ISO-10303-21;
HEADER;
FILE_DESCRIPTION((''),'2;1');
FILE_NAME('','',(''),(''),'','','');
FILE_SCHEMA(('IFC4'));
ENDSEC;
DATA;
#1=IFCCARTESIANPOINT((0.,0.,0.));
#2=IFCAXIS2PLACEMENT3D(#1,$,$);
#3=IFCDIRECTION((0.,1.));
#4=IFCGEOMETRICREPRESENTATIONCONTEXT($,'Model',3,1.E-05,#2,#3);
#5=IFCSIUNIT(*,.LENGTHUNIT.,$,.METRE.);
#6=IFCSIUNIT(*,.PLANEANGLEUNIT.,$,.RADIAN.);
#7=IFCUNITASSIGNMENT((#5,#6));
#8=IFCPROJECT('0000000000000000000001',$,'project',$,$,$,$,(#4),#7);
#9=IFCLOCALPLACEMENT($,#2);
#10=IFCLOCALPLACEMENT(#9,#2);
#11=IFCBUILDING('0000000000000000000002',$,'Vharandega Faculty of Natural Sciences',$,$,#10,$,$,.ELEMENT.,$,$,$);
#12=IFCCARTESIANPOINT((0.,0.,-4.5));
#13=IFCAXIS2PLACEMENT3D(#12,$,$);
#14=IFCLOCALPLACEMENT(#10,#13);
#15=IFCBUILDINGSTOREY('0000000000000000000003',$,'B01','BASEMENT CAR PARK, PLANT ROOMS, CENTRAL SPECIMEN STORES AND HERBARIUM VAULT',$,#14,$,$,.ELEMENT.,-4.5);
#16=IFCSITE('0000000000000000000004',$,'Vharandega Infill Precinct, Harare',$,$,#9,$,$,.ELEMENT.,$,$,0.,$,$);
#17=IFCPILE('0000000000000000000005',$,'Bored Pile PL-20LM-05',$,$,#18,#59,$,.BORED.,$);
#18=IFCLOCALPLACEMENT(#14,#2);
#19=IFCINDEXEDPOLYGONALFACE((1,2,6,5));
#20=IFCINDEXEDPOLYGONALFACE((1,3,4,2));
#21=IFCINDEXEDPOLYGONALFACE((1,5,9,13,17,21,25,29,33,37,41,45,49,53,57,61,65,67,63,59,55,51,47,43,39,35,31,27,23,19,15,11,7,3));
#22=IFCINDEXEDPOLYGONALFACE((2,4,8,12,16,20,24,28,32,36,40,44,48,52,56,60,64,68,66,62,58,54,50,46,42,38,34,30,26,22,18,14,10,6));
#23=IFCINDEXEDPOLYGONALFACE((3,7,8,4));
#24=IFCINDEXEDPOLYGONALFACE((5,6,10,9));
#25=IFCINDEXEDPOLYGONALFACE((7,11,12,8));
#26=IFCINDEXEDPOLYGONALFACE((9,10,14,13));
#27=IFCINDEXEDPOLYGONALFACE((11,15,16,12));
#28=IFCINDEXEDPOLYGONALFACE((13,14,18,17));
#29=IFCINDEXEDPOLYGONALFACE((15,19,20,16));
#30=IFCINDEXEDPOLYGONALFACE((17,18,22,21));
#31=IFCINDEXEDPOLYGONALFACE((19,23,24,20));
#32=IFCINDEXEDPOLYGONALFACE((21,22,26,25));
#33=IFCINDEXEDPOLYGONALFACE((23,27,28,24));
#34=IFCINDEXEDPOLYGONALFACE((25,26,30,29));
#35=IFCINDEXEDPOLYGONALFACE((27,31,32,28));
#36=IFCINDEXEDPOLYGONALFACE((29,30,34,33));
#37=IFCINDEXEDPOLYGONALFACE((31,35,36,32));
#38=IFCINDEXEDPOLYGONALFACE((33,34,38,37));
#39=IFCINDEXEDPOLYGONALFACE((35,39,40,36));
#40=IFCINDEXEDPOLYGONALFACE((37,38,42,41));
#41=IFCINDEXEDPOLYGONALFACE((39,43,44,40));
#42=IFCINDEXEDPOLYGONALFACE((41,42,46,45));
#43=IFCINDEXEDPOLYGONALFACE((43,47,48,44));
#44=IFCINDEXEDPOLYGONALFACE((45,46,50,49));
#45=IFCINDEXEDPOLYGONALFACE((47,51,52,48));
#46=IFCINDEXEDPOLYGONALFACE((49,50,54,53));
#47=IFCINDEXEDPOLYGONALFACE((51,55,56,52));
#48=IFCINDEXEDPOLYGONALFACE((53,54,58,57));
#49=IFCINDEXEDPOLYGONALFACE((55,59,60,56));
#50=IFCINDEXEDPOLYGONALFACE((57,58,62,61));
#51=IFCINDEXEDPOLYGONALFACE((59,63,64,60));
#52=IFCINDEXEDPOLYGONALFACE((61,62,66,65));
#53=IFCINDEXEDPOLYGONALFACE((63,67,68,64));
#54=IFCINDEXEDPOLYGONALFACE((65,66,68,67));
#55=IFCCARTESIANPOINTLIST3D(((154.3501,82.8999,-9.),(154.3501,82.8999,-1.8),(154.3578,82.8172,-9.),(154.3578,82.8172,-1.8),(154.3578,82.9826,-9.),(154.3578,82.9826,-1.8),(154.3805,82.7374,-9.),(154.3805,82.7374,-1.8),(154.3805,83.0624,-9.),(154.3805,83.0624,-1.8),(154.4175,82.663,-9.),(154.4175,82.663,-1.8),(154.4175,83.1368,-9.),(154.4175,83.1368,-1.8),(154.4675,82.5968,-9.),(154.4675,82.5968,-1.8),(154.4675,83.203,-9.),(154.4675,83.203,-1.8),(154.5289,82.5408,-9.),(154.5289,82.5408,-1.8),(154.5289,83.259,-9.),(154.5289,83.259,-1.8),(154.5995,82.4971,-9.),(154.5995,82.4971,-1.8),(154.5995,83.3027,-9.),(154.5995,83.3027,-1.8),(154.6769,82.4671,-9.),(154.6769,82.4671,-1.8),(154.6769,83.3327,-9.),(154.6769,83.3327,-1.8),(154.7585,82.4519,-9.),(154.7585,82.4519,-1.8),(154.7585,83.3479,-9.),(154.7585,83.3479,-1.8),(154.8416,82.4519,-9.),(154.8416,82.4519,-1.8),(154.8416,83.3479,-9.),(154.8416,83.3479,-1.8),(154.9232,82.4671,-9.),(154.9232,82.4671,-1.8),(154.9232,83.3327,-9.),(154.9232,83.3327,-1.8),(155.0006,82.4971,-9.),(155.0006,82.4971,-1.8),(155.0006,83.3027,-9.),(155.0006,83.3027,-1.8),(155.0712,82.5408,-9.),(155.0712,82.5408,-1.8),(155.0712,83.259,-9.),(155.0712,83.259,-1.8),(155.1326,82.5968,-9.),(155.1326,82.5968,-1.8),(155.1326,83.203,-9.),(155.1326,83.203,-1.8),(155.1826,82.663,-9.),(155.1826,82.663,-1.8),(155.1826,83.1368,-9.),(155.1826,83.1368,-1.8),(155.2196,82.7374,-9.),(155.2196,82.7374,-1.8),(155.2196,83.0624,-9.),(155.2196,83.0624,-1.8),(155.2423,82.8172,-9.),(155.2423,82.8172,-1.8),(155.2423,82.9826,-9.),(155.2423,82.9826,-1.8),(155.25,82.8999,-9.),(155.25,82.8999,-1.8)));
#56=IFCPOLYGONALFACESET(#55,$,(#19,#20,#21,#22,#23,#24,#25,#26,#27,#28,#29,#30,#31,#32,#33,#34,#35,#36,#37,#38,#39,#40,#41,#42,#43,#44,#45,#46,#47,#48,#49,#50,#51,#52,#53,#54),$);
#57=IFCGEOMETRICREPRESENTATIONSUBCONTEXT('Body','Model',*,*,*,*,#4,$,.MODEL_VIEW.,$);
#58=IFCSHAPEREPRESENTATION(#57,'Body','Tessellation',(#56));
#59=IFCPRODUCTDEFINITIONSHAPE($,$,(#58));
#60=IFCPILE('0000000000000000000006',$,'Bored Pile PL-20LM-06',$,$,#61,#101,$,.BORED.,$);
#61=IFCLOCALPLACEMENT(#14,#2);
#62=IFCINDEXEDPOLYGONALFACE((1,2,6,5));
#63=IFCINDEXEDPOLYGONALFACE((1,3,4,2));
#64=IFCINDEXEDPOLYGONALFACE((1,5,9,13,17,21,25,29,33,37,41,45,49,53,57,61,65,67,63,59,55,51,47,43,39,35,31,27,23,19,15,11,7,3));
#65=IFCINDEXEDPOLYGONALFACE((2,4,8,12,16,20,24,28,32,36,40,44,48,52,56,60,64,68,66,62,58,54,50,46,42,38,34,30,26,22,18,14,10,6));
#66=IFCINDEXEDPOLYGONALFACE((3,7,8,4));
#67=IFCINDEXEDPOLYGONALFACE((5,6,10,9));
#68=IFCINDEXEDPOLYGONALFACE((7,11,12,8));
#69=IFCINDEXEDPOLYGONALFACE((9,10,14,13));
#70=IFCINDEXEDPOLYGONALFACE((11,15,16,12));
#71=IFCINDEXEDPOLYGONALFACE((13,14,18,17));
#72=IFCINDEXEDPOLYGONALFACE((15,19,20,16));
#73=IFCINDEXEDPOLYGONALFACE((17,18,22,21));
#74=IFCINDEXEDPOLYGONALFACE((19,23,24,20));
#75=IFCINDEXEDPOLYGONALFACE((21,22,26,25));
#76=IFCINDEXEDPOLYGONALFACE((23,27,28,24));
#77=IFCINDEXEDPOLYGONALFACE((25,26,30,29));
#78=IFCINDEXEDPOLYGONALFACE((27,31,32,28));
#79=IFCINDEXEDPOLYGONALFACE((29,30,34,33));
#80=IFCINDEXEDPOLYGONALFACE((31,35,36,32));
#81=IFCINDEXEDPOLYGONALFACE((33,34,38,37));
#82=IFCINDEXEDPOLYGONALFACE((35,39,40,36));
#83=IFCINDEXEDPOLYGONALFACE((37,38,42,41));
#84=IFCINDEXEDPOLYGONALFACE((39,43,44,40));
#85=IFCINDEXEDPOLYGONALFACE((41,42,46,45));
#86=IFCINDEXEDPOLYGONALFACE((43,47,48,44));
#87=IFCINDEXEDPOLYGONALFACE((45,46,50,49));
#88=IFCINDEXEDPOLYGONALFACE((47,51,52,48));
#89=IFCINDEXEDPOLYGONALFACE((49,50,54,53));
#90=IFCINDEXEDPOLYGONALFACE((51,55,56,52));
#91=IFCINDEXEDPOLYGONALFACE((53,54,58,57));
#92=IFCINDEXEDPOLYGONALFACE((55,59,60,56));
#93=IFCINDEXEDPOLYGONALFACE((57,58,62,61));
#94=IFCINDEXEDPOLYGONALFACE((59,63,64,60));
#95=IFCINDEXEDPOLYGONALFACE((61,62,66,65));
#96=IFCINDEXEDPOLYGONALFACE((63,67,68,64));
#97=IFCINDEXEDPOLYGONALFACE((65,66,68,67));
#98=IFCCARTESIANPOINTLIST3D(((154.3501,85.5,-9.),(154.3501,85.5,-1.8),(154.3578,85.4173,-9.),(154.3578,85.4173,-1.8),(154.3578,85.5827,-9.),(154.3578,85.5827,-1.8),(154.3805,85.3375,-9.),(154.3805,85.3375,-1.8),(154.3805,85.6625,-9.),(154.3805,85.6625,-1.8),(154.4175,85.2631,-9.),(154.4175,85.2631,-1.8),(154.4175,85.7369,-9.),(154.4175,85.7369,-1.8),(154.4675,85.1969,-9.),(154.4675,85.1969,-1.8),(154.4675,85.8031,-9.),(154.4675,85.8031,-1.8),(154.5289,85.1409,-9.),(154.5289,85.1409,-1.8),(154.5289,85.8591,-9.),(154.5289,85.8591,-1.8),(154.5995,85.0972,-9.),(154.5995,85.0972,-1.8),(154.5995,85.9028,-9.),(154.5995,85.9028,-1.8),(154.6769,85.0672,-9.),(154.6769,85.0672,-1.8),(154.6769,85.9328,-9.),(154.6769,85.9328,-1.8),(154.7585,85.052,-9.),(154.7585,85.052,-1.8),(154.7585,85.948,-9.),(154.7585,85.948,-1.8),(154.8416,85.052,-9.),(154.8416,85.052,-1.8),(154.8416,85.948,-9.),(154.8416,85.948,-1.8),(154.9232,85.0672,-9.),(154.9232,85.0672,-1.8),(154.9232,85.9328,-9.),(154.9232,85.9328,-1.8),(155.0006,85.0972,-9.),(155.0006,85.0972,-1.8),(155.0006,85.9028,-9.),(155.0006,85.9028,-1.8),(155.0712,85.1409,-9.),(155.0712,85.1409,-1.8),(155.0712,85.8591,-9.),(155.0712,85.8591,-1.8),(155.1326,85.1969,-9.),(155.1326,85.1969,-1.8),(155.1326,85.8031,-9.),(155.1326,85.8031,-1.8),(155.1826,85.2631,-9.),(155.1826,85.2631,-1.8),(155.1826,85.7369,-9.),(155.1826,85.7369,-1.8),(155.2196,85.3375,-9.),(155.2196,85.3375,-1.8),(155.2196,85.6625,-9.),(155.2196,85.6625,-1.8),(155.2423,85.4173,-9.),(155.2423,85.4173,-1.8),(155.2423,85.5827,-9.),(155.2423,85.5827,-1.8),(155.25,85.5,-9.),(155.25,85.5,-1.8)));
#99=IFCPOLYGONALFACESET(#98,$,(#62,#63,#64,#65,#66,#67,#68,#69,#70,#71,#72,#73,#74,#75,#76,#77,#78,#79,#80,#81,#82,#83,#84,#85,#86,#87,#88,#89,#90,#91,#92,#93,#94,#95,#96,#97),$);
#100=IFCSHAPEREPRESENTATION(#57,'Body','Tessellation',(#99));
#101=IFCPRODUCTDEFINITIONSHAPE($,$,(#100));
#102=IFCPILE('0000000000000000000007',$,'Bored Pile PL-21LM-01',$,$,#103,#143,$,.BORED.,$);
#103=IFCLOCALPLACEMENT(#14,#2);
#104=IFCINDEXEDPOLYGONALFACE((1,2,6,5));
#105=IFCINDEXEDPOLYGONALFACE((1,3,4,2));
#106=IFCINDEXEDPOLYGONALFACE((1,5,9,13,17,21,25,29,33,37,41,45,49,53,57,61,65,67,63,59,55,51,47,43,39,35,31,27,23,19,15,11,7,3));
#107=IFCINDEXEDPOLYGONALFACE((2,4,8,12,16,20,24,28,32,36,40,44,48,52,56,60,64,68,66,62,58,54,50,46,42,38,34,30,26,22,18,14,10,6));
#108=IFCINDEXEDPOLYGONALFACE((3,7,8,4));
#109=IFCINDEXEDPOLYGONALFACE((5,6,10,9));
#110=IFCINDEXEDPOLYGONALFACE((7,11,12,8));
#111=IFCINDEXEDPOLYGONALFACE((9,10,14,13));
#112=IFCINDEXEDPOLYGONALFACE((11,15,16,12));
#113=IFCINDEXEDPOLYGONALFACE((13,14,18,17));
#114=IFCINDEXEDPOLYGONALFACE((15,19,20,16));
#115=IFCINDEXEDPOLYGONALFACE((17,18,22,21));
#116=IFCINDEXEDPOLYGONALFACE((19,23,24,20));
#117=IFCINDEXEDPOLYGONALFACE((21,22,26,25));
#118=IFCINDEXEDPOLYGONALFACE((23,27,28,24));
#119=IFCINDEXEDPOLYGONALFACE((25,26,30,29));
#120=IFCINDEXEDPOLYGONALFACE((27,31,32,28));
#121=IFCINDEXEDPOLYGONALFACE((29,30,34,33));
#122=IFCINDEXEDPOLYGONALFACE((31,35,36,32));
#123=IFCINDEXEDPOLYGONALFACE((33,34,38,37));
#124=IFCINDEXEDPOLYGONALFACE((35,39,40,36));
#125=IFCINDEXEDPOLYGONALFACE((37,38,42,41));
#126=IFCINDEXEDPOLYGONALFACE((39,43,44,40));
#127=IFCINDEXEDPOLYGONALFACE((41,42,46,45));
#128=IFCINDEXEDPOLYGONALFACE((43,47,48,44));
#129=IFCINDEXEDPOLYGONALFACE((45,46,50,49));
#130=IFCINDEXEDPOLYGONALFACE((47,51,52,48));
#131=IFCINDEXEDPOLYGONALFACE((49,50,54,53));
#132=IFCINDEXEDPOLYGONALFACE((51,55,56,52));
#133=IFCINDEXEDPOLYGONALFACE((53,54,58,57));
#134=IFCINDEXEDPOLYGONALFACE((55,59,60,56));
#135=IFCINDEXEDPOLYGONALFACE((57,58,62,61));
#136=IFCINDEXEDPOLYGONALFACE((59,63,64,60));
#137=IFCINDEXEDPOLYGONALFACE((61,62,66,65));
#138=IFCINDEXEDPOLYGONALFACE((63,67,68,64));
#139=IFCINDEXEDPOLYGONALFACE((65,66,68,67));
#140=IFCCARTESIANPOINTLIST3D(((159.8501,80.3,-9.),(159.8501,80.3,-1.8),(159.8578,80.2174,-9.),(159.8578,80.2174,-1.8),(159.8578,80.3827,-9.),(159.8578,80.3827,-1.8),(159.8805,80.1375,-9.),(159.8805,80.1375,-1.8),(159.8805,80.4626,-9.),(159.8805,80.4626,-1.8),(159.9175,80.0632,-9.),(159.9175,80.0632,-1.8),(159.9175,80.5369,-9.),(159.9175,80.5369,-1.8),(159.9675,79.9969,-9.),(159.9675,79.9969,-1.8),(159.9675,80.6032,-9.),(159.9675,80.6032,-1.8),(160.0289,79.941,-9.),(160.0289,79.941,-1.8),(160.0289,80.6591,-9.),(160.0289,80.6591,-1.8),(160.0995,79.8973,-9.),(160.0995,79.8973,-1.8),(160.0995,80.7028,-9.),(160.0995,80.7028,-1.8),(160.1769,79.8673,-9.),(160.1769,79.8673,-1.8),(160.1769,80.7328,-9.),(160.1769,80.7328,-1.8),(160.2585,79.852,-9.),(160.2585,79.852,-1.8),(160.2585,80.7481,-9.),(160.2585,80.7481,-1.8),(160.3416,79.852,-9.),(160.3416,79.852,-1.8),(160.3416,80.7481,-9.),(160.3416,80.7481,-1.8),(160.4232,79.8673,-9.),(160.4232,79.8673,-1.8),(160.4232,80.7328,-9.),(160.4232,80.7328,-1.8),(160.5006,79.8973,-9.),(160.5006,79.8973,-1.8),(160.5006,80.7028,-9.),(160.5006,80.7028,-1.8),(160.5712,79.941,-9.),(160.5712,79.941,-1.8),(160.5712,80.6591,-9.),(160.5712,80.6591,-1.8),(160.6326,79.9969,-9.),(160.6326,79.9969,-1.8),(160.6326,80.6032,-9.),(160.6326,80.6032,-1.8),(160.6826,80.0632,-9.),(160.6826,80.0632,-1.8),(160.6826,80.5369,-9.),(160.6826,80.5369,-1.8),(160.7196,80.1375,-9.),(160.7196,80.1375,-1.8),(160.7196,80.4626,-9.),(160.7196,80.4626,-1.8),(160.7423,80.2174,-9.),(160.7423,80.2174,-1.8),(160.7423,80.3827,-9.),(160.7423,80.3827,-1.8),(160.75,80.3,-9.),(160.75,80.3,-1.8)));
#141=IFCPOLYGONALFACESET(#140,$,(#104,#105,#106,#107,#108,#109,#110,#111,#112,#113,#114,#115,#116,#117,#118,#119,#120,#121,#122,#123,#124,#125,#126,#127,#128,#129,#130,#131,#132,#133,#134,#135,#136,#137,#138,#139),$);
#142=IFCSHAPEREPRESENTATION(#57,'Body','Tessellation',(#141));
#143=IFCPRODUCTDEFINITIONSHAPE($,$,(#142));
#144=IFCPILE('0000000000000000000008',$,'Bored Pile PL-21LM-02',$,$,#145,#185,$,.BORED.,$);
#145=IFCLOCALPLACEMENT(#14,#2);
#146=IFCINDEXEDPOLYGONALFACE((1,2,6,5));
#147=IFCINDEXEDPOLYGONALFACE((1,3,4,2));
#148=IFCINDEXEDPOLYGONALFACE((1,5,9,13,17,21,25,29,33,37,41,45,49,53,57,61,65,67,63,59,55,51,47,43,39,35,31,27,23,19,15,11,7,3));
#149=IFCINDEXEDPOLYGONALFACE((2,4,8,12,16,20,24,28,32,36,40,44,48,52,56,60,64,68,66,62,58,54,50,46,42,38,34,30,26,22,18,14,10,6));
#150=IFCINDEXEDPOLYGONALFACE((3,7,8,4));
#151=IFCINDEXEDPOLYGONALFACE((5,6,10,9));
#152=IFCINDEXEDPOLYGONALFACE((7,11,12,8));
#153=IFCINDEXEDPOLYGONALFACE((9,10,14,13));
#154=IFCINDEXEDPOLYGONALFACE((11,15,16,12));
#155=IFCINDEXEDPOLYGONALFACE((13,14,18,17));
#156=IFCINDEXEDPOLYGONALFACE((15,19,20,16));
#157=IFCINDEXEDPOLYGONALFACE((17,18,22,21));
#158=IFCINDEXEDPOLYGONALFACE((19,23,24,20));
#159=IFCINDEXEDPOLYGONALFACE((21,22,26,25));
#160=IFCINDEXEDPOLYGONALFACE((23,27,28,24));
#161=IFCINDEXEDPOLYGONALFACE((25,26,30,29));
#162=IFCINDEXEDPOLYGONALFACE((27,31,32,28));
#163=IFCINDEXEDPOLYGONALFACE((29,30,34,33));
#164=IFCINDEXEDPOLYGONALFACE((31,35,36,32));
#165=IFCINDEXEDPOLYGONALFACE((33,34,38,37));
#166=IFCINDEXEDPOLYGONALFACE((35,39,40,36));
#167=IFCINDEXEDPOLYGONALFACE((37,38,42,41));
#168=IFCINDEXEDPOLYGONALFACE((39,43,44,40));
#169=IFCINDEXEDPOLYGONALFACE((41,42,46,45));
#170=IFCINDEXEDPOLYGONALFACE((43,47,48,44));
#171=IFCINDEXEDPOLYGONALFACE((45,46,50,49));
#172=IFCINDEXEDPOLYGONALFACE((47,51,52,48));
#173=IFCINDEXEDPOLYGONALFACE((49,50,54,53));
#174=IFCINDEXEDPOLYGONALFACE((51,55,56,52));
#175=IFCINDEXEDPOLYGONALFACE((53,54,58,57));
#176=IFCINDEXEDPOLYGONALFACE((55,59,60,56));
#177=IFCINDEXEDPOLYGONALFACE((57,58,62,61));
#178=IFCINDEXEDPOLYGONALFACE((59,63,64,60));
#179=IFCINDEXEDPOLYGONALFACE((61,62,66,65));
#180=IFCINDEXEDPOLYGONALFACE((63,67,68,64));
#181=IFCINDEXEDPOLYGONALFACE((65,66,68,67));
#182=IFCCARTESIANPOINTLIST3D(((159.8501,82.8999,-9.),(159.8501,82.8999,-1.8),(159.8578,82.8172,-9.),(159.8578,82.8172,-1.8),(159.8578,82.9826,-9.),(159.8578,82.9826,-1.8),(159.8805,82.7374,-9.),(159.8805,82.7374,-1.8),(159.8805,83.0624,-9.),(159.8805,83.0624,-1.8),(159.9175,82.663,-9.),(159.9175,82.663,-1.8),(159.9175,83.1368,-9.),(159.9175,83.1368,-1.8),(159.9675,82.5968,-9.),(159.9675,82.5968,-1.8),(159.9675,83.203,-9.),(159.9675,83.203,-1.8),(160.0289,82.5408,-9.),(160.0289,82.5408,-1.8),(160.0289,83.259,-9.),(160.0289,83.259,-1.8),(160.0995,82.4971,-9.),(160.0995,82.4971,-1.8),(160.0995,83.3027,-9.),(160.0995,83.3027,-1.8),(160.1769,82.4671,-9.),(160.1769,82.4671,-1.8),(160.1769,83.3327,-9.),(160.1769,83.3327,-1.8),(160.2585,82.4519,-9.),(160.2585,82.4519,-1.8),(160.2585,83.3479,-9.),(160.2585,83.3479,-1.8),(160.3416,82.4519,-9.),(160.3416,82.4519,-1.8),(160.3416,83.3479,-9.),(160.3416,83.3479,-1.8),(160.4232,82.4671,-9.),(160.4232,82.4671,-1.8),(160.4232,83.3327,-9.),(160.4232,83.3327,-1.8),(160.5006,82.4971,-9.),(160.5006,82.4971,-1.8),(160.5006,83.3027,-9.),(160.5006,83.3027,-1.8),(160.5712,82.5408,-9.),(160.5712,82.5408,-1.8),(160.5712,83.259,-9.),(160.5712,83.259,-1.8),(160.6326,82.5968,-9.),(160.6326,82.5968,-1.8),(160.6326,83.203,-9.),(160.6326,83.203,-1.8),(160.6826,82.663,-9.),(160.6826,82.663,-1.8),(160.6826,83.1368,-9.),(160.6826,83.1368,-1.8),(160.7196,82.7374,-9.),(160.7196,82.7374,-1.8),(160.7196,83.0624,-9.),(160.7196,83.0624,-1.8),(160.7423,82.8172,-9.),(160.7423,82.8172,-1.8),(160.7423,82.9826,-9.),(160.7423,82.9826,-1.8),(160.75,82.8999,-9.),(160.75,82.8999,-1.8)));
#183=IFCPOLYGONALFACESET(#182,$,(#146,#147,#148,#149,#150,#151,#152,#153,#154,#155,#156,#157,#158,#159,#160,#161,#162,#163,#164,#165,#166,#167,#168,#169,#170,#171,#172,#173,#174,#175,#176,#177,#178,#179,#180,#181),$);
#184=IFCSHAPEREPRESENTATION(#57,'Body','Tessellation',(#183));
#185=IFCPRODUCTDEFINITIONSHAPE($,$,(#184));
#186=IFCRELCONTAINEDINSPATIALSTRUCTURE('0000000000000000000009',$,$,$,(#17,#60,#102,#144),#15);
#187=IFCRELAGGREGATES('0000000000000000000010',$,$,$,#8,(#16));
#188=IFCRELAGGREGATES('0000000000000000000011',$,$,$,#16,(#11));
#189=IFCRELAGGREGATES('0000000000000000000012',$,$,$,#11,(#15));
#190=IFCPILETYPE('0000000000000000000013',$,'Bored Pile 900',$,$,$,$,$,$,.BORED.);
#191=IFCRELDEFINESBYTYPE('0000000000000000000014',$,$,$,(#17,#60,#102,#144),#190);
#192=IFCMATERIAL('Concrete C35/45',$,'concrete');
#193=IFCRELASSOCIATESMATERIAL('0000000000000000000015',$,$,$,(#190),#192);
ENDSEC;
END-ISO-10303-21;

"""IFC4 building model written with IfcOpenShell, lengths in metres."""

from ifc_helpers import new_model, si_unit, direction, frame, origin, origin_2d, place, context, subcontext, project, spatial, circle, extrude, material, material_profile, profile_set, type_object, element, save


model = new_model("IFC4")

# Units and contexts
model_context = context("Model", 3, precision=1e-05, world=origin(), true_north=direction((0.0, 1.0)))
body_context = subcontext(model_context, "Body", "Model", "MODEL_VIEW")
ifc_project = project(units=[si_unit("LENGTHUNIT", "METRE"), si_unit("PLANEANGLEUNIT", "RADIAN")], contexts=[model_context])

# Site, building, storey
site_placement = place(None, origin())
site = spatial("IfcSite", under=ifc_project, at=site_placement, Name="Vharandega Infill Precinct, Harare", CompositionType="ELEMENT", RefElevation=0.0)
building_placement = place(site_placement, origin())
building = spatial("IfcBuilding", under=site, at=building_placement, Name="Vharandega Faculty of Natural Sciences", CompositionType="ELEMENT")
storey_placement = place(building_placement, frame((0.0, 0.0, -4.5)))
storey = spatial("IfcBuildingStorey", under=building, at=storey_placement, Name="B01", Description="BASEMENT CAR PARK, PLANT ROOMS, CENTRAL SPECIMEN STORES AND HERBARIUM VAULT", CompositionType="ELEMENT", Elevation=-4.5)

# Piles
ifc_material_1 = material(Name="Concrete C35/45", Category="concrete")
ifc_material_profile_1 = material_profile(ifc_material_1, circle(Radius=0.45, at=origin_2d()), Name="PILE 900")
ifc_profile_set_1 = profile_set([ifc_material_profile_1], Name="Concrete C35/45")
pile_type = type_object("IfcPileType", Name="Bored Pile 900", PredefinedType="BORED", material=ifc_profile_set_1)
for number, where, z_axis, x_axis, name in (
    (1, (154.8, 82.8999, -1.8), (0.0, 0.0, -1.0), (1.0, 0.0, 0.0), "Bored Pile PL-20LM-05"),
    (2, (154.8, 85.5, -1.8), (0.0, 0.0, -1.0), (1.0, 0.0, 0.0), "Bored Pile PL-20LM-06"),
    (3, (160.3, 80.3, -1.8), (0.0, 0.0, -1.0), (1.0, 0.0, 0.0), "Bored Pile PL-21LM-01"),
    (4, (160.3, 82.8999, -1.8), (0.0, 0.0, -1.0), (1.0, 0.0, 0.0), "Bored Pile PL-21LM-02"),
):
    element("IfcPile", number, at=place(storey_placement, frame(where, z_axis=z_axis, x_axis=x_axis)), inside=storey, type_object=pile_type, Name=name, PredefinedType="BORED", context=body_context, shape_type="SweptSolid", body=[
        extrude(circle(Radius=0.45, at=origin_2d()), origin(), (0.0, 0.0, 1.0), 7.2),
    ])

save(model, "model.ifc")
